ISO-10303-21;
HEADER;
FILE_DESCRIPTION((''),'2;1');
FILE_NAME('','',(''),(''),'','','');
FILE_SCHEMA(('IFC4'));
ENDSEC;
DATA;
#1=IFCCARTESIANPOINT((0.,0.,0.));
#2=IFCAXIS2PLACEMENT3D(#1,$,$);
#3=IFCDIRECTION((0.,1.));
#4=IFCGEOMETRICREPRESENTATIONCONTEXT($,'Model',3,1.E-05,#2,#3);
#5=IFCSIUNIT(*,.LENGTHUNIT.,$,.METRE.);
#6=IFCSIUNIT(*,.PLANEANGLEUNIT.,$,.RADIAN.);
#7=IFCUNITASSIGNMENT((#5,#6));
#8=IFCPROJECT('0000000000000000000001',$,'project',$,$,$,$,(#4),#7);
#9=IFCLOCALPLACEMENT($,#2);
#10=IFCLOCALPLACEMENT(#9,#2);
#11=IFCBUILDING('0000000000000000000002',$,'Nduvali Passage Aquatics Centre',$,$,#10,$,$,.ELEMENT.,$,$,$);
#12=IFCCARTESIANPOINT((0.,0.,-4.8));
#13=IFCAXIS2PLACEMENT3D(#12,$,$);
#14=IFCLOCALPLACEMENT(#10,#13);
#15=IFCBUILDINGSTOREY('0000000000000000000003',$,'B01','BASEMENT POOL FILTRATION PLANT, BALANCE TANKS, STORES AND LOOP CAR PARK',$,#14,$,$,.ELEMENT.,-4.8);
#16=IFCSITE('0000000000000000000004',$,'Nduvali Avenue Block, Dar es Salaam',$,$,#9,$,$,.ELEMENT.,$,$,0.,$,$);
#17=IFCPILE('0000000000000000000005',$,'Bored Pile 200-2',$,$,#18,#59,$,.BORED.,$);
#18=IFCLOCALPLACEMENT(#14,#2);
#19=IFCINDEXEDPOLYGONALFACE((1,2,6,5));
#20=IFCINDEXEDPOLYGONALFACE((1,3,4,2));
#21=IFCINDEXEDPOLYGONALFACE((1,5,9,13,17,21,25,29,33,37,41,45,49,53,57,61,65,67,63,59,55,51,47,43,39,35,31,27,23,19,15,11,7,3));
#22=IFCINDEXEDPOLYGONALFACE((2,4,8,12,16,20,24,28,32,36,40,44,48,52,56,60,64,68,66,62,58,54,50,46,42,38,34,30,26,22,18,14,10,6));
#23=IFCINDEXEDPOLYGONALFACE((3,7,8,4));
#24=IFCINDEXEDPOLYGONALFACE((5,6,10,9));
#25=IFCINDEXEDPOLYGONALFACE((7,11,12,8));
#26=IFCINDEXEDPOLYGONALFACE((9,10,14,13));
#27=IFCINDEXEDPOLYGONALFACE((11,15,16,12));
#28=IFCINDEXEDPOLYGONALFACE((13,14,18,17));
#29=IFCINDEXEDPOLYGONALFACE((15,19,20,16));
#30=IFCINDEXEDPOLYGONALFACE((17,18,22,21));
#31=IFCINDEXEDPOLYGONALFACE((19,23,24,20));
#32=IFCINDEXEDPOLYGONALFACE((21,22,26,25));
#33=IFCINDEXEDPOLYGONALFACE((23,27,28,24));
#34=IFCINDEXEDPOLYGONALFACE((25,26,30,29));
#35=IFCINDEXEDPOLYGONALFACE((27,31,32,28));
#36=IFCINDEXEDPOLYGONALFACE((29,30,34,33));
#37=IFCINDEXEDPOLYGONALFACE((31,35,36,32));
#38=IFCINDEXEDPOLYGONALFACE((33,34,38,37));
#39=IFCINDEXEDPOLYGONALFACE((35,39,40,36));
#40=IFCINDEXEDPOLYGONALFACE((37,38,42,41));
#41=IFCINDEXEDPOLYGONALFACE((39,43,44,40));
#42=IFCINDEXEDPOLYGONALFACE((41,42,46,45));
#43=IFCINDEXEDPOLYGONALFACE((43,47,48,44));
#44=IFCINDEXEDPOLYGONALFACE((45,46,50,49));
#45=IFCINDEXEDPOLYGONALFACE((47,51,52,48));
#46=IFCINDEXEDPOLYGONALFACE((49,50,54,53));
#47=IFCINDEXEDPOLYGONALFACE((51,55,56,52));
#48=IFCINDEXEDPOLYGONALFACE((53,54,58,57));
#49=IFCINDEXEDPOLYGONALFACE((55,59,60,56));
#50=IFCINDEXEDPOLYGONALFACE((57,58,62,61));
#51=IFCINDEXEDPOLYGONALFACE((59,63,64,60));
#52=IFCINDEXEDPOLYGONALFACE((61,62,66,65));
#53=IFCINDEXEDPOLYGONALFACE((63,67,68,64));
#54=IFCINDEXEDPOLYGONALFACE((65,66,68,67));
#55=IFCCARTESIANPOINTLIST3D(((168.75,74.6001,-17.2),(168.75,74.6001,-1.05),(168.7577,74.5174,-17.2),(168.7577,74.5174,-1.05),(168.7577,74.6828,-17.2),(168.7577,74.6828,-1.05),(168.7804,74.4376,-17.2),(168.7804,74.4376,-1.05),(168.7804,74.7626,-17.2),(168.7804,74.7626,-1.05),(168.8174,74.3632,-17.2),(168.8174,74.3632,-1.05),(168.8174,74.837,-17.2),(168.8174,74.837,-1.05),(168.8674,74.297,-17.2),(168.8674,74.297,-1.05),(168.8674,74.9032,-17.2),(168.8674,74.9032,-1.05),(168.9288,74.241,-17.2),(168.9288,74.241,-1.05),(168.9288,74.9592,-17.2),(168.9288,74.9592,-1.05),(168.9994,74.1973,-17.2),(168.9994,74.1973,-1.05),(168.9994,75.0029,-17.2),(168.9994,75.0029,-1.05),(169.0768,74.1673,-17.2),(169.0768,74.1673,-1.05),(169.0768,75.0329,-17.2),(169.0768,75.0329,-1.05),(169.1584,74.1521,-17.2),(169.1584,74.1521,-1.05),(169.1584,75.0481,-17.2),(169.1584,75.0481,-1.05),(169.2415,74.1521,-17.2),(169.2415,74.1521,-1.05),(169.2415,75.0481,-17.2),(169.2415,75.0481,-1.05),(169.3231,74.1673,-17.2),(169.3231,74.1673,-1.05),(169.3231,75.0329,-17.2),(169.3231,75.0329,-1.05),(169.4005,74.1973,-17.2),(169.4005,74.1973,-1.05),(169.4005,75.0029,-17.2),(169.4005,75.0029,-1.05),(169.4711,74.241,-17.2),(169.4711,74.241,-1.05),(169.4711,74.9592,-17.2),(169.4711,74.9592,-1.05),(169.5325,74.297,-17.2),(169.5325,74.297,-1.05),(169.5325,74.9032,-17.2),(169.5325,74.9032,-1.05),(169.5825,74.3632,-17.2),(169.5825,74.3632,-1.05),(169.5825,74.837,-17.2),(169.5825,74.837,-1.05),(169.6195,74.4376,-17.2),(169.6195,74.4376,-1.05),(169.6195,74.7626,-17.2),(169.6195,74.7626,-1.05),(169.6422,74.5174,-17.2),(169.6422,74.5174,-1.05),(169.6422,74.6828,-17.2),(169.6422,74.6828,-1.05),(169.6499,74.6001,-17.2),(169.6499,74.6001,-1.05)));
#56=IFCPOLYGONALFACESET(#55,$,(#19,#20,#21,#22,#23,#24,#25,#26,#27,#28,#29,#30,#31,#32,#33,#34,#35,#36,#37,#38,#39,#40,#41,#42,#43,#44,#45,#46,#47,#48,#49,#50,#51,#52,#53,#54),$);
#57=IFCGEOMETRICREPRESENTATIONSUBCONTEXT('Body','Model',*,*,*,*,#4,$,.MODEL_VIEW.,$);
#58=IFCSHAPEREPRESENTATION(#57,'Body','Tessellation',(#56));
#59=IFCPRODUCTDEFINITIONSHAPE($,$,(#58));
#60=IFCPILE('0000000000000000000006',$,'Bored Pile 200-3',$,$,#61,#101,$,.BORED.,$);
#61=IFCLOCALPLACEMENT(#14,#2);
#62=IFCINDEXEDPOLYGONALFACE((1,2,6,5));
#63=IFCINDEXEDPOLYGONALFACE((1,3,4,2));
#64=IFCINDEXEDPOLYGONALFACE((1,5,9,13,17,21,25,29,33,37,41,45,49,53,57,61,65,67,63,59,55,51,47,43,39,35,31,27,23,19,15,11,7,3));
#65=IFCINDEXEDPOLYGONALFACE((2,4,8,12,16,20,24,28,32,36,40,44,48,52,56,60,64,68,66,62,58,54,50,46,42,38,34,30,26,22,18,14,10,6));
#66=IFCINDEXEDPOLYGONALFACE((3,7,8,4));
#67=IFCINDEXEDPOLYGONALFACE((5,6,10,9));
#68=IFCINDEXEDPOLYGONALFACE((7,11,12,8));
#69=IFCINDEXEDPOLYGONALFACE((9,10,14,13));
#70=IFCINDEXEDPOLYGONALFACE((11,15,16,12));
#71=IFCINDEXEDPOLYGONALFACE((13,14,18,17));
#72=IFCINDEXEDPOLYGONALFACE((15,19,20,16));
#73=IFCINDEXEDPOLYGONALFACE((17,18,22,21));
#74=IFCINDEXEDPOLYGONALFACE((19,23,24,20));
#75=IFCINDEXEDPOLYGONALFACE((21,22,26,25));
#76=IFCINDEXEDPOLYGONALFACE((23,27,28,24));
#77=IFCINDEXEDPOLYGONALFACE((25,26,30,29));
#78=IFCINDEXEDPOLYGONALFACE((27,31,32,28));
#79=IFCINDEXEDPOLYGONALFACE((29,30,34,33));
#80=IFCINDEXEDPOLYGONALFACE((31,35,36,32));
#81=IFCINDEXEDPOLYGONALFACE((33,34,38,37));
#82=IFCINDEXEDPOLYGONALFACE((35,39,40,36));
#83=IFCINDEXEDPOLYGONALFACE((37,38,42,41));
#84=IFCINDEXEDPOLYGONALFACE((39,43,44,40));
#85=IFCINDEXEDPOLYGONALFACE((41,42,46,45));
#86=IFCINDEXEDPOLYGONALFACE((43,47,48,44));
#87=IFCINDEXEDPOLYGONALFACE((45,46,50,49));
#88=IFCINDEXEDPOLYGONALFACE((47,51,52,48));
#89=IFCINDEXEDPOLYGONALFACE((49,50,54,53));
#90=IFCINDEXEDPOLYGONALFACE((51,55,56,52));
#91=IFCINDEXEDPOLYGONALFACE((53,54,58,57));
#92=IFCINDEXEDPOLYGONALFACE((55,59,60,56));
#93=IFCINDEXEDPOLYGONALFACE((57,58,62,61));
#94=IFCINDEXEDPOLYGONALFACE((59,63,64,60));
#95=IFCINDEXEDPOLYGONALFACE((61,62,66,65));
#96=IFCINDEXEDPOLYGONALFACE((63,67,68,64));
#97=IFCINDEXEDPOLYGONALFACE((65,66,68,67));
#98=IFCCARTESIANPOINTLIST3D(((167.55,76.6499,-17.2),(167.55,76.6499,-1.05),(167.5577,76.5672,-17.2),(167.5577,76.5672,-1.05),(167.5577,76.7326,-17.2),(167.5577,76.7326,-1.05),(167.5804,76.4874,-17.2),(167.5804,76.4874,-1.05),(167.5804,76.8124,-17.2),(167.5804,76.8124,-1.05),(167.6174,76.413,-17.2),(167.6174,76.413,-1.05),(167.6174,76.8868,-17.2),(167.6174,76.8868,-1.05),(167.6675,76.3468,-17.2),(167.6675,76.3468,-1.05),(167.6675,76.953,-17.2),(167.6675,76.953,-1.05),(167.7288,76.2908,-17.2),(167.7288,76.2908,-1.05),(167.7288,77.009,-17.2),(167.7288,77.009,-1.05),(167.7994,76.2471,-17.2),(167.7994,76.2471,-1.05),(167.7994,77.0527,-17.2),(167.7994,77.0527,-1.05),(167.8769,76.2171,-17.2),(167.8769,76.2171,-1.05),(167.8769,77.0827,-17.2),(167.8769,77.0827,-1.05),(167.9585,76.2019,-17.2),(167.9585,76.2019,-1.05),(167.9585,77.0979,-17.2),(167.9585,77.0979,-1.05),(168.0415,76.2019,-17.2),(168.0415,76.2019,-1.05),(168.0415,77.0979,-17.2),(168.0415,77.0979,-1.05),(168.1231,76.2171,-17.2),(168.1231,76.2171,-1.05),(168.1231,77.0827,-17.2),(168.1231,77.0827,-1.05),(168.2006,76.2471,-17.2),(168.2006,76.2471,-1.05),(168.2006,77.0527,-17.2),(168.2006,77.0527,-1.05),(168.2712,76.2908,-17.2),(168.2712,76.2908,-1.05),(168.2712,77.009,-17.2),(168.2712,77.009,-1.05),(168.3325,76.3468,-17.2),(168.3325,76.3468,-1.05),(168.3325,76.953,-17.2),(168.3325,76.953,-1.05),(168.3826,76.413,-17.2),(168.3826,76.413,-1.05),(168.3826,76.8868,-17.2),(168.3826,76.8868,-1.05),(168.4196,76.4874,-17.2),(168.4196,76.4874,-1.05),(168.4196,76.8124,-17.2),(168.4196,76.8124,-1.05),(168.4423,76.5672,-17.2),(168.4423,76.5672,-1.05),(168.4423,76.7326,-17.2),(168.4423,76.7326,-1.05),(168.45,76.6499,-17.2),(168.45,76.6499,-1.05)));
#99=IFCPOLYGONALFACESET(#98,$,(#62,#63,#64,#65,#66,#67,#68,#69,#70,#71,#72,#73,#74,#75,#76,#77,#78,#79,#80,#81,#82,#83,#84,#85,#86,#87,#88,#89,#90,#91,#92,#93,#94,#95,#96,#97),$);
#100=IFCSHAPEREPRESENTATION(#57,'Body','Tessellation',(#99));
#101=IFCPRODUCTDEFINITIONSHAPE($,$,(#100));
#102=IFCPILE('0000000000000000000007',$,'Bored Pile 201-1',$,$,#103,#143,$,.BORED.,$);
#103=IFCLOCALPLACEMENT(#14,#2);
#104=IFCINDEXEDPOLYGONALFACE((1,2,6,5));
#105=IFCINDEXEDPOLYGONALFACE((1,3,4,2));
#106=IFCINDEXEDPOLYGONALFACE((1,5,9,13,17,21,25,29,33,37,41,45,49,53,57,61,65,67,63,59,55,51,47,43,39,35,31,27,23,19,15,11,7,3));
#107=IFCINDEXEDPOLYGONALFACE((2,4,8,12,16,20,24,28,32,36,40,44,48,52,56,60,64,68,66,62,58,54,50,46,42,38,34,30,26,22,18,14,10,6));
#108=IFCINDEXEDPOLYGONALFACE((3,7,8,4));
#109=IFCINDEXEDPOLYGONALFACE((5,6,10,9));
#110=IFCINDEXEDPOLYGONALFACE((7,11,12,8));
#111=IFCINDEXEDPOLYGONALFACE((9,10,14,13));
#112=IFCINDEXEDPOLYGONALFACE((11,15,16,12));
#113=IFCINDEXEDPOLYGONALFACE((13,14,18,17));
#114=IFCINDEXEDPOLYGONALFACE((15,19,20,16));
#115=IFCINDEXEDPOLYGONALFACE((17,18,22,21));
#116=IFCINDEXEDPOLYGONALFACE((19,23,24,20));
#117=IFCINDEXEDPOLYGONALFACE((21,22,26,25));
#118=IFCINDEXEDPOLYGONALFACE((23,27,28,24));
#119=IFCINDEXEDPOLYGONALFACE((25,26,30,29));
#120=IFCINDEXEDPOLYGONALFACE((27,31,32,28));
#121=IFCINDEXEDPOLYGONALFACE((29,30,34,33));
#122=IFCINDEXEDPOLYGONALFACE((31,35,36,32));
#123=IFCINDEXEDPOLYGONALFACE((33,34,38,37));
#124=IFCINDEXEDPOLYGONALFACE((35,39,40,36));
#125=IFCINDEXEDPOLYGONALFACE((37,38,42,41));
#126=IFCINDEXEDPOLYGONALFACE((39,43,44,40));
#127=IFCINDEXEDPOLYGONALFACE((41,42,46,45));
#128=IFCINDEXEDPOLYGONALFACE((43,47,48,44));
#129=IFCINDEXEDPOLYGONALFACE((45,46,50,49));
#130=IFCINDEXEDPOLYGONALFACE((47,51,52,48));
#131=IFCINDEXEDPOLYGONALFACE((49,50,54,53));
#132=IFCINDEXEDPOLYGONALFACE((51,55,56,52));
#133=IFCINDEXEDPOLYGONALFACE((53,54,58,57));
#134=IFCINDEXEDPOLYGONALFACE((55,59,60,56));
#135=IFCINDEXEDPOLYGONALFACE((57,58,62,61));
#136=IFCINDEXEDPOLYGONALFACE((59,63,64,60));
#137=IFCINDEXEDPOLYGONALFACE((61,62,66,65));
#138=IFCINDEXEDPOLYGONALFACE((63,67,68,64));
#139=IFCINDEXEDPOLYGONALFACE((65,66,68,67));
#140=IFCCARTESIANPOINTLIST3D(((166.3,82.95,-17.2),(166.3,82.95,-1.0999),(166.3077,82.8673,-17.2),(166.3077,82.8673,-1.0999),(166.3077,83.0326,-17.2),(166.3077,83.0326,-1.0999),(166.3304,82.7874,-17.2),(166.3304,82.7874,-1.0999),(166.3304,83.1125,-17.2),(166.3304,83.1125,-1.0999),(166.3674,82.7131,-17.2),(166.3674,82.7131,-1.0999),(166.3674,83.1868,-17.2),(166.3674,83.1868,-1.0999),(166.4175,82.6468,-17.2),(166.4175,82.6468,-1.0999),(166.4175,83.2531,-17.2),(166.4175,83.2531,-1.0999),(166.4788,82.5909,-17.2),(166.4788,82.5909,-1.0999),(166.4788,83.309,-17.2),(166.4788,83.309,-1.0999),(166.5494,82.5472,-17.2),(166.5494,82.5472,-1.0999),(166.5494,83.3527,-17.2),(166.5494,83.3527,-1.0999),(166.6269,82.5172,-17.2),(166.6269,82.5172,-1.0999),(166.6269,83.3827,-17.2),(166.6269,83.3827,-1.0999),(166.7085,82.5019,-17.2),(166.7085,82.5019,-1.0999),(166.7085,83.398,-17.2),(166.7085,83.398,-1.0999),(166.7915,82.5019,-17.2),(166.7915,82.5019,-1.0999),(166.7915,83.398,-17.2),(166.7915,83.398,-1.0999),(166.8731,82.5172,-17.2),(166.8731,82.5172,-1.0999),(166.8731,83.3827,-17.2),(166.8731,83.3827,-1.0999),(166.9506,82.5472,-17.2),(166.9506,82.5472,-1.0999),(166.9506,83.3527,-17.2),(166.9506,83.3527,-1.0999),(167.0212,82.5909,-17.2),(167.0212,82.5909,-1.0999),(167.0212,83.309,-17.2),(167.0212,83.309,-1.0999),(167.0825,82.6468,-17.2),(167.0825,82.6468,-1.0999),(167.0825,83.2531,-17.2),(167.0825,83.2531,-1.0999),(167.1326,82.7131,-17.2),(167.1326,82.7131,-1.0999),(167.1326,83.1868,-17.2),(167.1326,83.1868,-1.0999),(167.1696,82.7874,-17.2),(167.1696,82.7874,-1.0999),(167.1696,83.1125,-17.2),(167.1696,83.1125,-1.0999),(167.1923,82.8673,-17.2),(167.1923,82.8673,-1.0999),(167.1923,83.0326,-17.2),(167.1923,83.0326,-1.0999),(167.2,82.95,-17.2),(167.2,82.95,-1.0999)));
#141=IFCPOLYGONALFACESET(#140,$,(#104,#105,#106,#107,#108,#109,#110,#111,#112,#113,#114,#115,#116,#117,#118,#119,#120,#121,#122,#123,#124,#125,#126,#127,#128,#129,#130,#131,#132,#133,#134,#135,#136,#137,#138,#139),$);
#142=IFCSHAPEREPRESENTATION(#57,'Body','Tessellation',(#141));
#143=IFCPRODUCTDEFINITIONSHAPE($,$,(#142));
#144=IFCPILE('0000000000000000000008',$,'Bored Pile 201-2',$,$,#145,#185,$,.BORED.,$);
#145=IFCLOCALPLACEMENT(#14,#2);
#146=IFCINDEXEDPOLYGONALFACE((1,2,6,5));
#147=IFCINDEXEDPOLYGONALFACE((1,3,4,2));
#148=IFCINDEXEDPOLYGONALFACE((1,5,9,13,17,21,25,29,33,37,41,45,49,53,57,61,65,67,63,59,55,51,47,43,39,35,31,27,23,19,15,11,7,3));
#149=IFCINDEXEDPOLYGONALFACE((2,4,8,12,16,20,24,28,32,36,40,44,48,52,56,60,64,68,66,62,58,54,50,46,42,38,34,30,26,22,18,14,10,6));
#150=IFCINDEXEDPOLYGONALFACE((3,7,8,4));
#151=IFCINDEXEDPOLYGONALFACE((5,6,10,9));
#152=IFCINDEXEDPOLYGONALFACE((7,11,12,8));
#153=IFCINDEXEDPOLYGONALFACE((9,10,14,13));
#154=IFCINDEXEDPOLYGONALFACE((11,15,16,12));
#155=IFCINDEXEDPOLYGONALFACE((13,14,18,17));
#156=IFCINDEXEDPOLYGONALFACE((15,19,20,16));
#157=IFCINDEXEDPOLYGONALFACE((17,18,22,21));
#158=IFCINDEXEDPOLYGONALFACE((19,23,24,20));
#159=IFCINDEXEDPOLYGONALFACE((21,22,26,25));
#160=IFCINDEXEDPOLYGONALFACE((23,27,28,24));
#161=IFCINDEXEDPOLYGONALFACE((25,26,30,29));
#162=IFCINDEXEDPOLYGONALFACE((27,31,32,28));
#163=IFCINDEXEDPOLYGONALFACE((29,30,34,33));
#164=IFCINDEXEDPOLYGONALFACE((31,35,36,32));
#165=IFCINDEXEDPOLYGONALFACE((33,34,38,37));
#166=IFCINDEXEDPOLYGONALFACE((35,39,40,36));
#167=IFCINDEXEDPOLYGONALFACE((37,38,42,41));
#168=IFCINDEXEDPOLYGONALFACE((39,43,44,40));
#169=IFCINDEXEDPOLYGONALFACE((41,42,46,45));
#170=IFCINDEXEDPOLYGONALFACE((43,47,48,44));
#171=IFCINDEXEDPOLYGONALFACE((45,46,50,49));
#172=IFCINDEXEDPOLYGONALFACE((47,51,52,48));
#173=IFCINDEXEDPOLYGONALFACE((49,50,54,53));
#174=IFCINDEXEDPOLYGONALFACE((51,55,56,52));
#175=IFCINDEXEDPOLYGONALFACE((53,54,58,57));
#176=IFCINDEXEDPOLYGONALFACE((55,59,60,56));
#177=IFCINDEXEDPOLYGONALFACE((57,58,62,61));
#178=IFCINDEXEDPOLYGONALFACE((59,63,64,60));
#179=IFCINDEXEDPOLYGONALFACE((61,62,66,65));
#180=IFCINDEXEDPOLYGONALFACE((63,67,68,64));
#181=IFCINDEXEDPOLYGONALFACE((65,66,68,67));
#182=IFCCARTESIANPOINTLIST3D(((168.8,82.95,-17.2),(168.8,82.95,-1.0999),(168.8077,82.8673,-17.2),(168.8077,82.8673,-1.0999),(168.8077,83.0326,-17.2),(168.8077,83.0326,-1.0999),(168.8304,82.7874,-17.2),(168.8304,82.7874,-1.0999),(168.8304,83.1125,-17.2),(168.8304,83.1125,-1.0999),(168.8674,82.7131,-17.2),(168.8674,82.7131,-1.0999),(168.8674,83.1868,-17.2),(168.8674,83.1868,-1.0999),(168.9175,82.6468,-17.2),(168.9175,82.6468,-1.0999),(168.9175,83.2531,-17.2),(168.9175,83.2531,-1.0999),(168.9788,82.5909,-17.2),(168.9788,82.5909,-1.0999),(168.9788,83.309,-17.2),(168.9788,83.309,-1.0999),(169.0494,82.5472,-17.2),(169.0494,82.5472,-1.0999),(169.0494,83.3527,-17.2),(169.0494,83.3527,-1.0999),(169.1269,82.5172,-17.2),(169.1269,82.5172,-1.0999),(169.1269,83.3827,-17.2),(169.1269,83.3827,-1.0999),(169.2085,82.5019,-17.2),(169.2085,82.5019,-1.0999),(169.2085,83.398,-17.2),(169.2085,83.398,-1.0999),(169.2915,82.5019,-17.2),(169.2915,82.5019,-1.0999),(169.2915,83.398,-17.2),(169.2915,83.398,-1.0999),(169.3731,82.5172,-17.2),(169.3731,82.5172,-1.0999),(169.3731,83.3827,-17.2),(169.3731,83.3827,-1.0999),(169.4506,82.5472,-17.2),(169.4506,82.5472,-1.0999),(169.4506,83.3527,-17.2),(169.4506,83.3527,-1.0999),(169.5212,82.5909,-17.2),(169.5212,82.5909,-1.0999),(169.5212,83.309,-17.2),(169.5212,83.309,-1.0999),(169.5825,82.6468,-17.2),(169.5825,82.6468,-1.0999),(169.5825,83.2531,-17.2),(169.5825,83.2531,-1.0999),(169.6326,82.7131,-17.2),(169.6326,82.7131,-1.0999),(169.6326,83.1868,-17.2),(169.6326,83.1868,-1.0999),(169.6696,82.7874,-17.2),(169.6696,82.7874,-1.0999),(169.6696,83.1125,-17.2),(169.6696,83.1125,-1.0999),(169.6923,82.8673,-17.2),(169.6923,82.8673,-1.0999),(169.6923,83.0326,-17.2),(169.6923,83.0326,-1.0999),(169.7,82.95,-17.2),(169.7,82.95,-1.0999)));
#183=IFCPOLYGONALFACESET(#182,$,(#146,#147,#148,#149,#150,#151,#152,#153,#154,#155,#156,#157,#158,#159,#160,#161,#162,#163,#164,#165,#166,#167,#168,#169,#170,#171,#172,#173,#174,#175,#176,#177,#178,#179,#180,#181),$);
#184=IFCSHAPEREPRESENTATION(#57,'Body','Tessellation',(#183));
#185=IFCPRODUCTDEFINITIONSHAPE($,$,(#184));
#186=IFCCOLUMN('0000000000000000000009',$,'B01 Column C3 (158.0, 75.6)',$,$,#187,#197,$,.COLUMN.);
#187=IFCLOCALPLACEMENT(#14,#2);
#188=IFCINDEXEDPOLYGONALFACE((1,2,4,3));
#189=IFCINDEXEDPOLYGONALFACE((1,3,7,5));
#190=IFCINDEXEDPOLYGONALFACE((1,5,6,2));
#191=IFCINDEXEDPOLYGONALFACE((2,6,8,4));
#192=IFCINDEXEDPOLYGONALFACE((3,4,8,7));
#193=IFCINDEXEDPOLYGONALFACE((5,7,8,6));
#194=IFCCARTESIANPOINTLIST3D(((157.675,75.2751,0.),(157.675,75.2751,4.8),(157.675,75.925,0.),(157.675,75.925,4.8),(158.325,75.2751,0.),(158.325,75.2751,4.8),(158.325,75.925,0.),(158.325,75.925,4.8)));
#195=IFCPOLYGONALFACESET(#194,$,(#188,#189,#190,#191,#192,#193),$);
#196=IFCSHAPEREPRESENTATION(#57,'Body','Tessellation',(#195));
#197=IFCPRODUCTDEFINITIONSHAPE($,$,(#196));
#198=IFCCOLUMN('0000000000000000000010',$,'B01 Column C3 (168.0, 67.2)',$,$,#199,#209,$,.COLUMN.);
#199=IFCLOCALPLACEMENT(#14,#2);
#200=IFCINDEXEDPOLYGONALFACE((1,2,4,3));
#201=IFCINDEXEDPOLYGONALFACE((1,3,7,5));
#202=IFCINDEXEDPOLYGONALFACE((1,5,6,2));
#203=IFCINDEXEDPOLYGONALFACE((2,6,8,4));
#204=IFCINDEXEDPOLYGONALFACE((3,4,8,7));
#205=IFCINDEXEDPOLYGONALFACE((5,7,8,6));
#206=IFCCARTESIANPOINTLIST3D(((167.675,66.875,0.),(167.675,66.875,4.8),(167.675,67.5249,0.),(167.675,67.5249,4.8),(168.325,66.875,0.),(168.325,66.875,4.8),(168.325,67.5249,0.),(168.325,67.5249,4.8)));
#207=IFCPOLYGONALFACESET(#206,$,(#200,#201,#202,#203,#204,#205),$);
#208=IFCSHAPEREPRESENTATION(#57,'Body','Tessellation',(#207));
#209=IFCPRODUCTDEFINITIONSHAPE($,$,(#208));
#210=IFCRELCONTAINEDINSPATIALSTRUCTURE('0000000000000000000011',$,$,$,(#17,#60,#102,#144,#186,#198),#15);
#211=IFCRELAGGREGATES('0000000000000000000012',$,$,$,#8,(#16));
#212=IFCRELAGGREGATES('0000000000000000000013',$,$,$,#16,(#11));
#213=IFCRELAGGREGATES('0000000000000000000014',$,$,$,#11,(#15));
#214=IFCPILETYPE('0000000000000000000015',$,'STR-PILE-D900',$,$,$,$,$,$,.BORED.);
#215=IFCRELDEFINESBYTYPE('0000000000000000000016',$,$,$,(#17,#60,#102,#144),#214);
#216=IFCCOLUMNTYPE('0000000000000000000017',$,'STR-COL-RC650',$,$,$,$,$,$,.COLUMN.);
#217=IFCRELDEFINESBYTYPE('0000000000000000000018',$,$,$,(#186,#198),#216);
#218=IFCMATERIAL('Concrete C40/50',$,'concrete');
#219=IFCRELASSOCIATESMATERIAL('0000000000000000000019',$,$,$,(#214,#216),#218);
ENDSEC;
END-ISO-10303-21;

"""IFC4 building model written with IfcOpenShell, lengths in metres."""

from ifc_helpers import new_model, si_unit, direction, frame, origin, origin_2d, place, context, subcontext, project, spatial, rectangle, circle, extrude, material, material_profile, profile_set, type_object, element, save


model = new_model("IFC4")

# Units and contexts
model_context = context("Model", 3, precision=1e-05, world=origin(), true_north=direction((0.0, 1.0)))
body_context = subcontext(model_context, "Body", "Model", "MODEL_VIEW")
ifc_project = project(units=[si_unit("LENGTHUNIT", "METRE"), si_unit("PLANEANGLEUNIT", "RADIAN")], contexts=[model_context])

# Site, building, storey
site_placement = place(None, origin())
site = spatial("IfcSite", under=ifc_project, at=site_placement, Name="Nduvali Avenue Block, Dar es Salaam", CompositionType="ELEMENT", RefElevation=0.0)
building_placement = place(site_placement, origin())
building = spatial("IfcBuilding", under=site, at=building_placement, Name="Nduvali Passage Aquatics Centre", CompositionType="ELEMENT")
storey_placement = place(building_placement, frame((0.0, 0.0, -4.8)))
storey = spatial("IfcBuildingStorey", under=building, at=storey_placement, Name="B01", Description="BASEMENT POOL FILTRATION PLANT, BALANCE TANKS, STORES AND LOOP CAR PARK", CompositionType="ELEMENT", Elevation=-4.8)

# Shared definitions
ifc_material = material(Name="Concrete C40/50", Category="concrete")

# Piles
ifc_material_profile_1 = material_profile(ifc_material, circle(Radius=0.45, at=origin_2d()), Name="PILE D900")
ifc_profile_set_1 = profile_set([ifc_material_profile_1], Name="Concrete C40/50")
pile_type_1 = type_object("IfcPileType", Name="STR-PILE-D900", PredefinedType="BORED", material=ifc_profile_set_1)
for number, where, z_axis, x_axis, name in (
    (1, (169.2, 74.6001, -1.05), (0.0, 0.0, -1.0), (1.0, 0.0, 0.0), "Bored Pile 200-2"),
    (2, (168.0, 76.6499, -1.05), (0.0, 0.0, -1.0), (1.0, 0.0, 0.0), "Bored Pile 200-3"),
):
    element("IfcPile", number, at=place(storey_placement, frame(where, z_axis=z_axis, x_axis=x_axis)), inside=storey, type_object=pile_type_1, Name=name, PredefinedType="BORED", context=body_context, shape_type="SweptSolid", body=[
        extrude(circle(Radius=0.45, at=origin_2d()), origin(), (0.0, 0.0, 1.0), 16.1499),
    ])
for number, where, z_axis, x_axis, name in (
    (3, (166.75, 82.95, -1.0999), (0.0, 0.0, -1.0), (1.0, 0.0, 0.0), "Bored Pile 201-1"),
    (4, (169.25, 82.95, -1.0999), (0.0, 0.0, -1.0), (1.0, 0.0, 0.0), "Bored Pile 201-2"),
):
    element("IfcPile", number, at=place(storey_placement, frame(where, z_axis=z_axis, x_axis=x_axis)), inside=storey, type_object=pile_type_1, Name=name, PredefinedType="BORED", context=body_context, shape_type="SweptSolid", body=[
        extrude(circle(Radius=0.45, at=origin_2d()), origin(), (0.0, 0.0, 1.0), 16.1001),
    ])

# Columns
ifc_material_profile_2 = material_profile(ifc_material, rectangle(XDim=0.6499, YDim=0.6499, at=origin_2d()), Name="RC 650x650")
ifc_profile_set_2 = profile_set([ifc_material_profile_2], Name="Concrete C40/50")
column_type = type_object("IfcColumnType", Name="STR-COL-RC650", PredefinedType="COLUMN", material=ifc_profile_set_2)
for number, where, z_axis, x_axis, name in (
    (5, (158.0, 75.6001, 0.0), (0.0, 0.0, 1.0), (1.0, 0.0, 0.0), "B01 Column C3 (158.0, 75.6)"),
    (6, (168.0, 67.2, 0.0), (0.0, 0.0, 1.0), (1.0, 0.0, 0.0), "B01 Column C3 (168.0, 67.2)"),
):
    element("IfcColumn", number, at=place(storey_placement, frame(where, z_axis=z_axis, x_axis=x_axis)), inside=storey, type_object=column_type, Name=name, PredefinedType="COLUMN", context=body_context, shape_type="SweptSolid", body=[
        extrude(rectangle(XDim=0.6499, YDim=0.6499, at=origin_2d()), origin(), (0.0, 0.0, 1.0), 4.8),
    ])

save(model, "model.ifc")
